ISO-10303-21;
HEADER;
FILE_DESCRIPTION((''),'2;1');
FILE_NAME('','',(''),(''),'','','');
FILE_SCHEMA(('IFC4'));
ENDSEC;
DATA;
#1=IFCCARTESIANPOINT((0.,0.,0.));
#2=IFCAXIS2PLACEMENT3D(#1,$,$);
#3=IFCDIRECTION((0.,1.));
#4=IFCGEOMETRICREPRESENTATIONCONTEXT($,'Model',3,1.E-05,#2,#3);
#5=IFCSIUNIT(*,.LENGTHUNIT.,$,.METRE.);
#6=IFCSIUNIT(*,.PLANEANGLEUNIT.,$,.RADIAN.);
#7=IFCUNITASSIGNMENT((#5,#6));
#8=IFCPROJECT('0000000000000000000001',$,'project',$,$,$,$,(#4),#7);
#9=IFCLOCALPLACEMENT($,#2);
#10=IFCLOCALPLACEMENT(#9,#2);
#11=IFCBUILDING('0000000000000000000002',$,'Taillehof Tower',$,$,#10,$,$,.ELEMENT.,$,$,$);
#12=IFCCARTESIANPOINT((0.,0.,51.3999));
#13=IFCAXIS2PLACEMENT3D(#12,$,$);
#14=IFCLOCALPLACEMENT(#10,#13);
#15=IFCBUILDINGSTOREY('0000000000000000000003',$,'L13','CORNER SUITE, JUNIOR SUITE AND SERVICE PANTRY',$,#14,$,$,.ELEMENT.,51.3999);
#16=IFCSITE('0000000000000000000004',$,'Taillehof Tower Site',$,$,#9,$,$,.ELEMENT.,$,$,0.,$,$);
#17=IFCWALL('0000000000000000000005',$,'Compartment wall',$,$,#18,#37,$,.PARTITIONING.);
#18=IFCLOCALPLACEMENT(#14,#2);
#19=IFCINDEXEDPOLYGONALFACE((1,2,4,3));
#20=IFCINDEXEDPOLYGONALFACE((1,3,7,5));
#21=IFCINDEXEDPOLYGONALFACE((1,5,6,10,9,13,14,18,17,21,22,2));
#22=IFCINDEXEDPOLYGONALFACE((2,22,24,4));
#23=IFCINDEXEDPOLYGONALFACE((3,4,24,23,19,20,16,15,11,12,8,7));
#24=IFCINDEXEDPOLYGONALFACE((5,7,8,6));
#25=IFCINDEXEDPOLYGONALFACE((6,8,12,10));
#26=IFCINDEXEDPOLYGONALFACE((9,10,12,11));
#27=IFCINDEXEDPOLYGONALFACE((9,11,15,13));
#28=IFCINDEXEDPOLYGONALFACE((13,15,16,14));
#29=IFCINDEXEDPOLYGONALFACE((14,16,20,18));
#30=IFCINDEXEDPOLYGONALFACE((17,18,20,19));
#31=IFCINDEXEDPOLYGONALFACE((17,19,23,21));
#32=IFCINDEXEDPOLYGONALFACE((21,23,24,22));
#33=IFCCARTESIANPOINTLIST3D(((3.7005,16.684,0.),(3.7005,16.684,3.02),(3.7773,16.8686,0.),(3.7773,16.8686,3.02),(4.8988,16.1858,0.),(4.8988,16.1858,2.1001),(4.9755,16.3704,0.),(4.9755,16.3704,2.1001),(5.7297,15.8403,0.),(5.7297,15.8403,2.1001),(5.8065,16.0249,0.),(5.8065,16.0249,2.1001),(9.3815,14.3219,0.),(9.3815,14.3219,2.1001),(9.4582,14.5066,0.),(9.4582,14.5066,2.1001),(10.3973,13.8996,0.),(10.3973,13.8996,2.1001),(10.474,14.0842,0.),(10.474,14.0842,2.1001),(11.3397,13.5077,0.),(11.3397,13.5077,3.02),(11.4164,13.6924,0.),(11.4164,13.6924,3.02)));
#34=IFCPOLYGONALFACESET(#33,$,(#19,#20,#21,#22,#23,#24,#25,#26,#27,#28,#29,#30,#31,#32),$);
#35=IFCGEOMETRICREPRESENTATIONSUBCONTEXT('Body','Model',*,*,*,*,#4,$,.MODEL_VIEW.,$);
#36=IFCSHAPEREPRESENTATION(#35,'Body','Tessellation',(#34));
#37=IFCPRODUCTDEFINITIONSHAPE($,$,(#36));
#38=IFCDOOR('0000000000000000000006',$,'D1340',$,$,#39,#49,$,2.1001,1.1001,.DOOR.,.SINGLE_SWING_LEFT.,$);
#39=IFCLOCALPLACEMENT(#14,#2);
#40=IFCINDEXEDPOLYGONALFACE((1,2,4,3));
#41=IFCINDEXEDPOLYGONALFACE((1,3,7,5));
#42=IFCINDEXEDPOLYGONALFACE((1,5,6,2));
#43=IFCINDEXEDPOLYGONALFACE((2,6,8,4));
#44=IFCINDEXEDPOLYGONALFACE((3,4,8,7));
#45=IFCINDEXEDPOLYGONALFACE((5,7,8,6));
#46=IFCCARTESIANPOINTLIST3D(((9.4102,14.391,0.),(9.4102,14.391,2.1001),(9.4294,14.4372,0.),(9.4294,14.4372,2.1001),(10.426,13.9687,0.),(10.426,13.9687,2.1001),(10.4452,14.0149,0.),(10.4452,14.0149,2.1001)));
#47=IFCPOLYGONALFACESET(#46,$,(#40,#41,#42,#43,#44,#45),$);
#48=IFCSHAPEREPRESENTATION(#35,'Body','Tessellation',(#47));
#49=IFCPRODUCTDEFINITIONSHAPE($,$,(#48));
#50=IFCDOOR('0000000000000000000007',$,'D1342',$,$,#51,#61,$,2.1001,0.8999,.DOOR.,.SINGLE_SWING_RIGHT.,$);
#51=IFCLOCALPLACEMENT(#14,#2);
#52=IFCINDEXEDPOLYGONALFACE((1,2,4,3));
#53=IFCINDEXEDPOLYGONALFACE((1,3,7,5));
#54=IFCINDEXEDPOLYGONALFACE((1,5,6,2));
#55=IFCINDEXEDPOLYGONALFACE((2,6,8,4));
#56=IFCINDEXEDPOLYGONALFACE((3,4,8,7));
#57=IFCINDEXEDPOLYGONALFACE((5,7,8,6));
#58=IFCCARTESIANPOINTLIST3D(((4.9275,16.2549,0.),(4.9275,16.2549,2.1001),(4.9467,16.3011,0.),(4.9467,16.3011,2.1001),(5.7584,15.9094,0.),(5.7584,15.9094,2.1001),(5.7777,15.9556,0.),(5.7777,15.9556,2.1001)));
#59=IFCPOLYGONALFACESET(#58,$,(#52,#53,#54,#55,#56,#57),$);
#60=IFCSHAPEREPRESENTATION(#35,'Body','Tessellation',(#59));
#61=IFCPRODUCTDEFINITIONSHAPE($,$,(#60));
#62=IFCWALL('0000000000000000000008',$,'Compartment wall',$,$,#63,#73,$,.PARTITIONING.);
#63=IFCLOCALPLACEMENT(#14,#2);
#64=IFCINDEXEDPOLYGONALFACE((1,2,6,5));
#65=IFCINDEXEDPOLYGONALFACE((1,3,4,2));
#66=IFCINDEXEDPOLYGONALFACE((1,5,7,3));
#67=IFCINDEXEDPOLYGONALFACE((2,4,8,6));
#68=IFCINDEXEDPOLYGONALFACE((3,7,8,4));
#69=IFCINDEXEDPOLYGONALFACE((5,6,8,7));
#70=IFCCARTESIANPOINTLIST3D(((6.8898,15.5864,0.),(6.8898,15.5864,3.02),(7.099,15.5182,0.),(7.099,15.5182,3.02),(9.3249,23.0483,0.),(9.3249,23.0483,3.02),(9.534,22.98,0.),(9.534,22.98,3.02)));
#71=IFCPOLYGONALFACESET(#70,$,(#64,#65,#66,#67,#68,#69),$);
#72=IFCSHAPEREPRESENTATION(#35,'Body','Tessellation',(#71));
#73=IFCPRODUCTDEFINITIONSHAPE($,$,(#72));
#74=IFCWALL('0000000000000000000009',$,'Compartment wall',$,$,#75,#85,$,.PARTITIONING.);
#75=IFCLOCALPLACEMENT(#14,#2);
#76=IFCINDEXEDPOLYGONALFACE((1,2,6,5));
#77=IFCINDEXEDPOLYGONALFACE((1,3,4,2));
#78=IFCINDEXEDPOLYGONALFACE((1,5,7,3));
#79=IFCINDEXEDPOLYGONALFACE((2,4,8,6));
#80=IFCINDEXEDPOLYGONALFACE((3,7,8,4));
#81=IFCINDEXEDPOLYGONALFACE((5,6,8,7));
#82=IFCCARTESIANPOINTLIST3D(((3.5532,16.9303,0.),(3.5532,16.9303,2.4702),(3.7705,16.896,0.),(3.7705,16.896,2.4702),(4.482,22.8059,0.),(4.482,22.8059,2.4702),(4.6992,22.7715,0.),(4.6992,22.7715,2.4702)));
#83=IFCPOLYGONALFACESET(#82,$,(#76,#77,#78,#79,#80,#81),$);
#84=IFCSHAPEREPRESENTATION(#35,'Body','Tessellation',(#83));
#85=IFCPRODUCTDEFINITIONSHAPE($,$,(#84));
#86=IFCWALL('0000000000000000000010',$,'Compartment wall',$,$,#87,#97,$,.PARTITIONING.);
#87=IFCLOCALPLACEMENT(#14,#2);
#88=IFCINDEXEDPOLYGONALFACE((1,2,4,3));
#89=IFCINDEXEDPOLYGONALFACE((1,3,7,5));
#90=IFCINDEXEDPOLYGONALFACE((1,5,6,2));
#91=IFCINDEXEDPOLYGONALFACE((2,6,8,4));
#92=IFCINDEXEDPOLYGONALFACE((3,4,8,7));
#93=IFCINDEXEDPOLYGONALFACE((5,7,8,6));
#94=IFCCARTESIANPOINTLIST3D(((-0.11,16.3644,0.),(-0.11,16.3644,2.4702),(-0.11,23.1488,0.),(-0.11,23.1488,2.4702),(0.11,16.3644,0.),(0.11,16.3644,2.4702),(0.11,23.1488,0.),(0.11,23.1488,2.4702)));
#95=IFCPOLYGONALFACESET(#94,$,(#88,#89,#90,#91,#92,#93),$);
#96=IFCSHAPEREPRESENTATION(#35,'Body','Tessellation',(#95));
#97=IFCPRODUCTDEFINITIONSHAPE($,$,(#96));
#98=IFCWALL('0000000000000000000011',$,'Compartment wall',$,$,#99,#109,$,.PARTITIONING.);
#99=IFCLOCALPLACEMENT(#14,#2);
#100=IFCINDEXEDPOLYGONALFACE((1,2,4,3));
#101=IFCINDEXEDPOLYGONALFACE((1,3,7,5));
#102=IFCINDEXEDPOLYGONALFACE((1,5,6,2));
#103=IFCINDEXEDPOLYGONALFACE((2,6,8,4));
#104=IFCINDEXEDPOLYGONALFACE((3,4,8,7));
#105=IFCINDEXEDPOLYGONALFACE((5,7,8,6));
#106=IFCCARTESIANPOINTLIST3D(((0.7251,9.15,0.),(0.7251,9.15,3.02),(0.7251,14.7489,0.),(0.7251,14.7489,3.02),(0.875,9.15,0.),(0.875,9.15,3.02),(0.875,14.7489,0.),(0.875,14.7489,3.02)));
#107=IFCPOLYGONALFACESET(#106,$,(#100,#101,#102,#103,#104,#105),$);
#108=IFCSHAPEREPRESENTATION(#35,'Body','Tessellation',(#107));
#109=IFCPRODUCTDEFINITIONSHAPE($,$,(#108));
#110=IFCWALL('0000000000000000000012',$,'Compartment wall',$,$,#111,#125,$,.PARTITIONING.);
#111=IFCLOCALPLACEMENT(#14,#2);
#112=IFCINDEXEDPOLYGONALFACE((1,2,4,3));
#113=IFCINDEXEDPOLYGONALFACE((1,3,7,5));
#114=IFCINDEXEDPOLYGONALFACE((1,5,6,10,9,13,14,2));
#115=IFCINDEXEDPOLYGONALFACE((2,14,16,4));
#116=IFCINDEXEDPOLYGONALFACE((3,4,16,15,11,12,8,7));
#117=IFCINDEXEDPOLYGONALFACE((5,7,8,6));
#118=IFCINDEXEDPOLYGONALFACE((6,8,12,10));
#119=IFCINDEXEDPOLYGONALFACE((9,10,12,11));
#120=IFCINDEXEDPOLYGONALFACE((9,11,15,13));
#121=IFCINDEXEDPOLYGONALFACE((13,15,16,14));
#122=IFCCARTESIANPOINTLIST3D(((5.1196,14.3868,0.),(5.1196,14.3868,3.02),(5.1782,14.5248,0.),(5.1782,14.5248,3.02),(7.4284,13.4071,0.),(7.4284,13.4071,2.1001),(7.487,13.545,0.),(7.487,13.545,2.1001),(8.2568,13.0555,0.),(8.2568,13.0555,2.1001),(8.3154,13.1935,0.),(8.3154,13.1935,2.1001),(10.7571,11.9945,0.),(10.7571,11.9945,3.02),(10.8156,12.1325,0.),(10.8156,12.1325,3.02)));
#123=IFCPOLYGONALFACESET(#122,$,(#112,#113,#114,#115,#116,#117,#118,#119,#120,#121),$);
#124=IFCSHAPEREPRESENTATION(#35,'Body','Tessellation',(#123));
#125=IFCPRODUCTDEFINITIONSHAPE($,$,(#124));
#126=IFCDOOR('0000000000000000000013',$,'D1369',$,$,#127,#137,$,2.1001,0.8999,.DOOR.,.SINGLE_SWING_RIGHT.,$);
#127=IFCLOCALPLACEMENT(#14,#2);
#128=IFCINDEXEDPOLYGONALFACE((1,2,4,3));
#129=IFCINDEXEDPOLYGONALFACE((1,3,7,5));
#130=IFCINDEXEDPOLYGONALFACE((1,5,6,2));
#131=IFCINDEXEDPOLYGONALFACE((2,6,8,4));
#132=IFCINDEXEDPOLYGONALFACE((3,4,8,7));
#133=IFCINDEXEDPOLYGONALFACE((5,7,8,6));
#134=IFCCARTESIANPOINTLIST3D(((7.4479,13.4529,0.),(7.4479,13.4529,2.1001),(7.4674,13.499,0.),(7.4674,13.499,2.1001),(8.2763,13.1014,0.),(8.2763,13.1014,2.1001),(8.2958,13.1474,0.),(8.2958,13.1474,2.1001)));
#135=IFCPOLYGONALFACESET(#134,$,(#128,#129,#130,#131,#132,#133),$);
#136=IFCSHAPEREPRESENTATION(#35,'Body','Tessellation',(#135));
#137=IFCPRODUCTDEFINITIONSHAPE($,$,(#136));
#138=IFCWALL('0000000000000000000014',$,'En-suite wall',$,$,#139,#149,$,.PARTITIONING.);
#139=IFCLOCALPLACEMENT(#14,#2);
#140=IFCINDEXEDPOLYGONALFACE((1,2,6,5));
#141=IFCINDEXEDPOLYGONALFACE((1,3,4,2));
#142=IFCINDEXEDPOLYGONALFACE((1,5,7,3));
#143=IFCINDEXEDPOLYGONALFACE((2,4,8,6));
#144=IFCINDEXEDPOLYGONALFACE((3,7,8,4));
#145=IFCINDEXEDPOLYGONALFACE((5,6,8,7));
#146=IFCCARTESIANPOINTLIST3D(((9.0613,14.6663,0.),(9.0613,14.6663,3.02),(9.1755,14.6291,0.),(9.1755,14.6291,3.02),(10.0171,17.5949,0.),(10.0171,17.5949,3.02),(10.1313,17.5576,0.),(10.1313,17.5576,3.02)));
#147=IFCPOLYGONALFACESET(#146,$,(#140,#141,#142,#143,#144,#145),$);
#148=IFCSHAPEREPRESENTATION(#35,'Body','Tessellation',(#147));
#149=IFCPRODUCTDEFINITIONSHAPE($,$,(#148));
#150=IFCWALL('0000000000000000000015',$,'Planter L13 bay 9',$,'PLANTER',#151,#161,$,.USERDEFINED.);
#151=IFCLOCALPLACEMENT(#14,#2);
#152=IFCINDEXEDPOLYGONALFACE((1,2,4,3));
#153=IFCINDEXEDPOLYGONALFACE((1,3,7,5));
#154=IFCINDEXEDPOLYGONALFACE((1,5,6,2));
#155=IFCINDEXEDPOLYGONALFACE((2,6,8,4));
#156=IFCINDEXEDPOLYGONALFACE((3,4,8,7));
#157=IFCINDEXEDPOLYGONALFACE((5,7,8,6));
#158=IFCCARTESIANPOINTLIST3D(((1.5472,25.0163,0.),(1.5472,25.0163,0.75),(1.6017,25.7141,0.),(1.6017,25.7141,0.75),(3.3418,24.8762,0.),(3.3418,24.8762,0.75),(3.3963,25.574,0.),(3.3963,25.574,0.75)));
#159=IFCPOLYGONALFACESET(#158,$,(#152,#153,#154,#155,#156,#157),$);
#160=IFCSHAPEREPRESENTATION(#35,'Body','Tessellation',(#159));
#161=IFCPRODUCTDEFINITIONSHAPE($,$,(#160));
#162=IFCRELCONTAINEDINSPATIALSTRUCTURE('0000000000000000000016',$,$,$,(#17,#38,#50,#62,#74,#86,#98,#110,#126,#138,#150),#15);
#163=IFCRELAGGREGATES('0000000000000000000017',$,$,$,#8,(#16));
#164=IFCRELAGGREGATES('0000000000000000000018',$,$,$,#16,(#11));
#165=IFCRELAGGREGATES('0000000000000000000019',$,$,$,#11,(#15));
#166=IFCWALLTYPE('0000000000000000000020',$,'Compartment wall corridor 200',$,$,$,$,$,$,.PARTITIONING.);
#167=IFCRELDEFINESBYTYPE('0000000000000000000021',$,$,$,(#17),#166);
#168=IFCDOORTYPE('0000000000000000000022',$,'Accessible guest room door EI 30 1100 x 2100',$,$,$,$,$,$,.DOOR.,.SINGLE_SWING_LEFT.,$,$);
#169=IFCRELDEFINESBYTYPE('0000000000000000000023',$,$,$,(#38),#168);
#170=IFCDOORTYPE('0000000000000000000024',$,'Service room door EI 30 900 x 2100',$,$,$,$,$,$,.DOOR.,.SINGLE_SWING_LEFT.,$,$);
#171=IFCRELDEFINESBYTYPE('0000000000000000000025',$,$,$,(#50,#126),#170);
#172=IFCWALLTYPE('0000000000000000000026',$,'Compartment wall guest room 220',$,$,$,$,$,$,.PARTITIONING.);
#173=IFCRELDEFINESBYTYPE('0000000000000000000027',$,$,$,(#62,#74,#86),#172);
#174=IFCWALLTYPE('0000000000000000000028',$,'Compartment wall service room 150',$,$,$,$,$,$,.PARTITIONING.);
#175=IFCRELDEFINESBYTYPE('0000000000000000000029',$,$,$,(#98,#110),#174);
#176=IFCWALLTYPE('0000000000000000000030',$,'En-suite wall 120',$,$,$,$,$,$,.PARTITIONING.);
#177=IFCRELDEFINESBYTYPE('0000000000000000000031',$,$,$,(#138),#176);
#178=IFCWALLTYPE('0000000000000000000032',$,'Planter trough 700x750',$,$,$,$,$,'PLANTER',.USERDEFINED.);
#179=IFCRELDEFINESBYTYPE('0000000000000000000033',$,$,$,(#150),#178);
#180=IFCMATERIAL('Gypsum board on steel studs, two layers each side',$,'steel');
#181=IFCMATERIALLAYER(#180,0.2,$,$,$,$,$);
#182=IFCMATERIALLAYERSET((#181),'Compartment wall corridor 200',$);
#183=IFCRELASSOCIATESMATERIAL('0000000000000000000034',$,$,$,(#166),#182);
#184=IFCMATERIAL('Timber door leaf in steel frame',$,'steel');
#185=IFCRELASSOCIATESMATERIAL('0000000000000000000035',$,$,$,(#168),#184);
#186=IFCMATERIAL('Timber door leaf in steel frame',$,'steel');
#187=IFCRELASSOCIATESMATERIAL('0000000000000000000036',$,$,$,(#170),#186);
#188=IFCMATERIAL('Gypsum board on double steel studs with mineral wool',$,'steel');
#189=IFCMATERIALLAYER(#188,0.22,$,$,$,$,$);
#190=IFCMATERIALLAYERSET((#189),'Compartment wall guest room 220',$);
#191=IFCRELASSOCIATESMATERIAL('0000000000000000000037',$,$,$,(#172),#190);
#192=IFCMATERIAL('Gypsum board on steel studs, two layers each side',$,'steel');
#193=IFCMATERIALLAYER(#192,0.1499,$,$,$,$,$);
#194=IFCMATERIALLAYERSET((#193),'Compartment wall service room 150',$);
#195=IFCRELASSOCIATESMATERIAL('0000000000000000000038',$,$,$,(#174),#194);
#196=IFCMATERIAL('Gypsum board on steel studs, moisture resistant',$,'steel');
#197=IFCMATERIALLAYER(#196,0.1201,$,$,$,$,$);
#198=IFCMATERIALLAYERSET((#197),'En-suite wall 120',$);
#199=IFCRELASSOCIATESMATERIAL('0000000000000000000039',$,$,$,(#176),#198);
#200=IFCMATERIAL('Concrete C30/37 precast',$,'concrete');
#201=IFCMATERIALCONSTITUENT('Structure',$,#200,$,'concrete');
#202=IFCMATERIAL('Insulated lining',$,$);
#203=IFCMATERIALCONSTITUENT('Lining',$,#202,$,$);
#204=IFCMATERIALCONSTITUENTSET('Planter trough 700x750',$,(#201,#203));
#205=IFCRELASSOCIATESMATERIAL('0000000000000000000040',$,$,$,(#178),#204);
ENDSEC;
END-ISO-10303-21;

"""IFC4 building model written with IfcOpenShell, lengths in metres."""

from ifc_helpers import new_model, si_unit, direction, frame, frame_2d, origin, place, context, subcontext, project, spatial, rectangle, extrude, material, layer, layer_set, constituent, constituent_set, type_object, element, fill, save


model = new_model("IFC4")

# Units and contexts
model_context = context("Model", 3, precision=1e-05, world=origin(), true_north=direction((0.0, 1.0)))
body_context = subcontext(model_context, "Body", "Model", "MODEL_VIEW")
ifc_project = project(units=[si_unit("LENGTHUNIT", "METRE"), si_unit("PLANEANGLEUNIT", "RADIAN")], contexts=[model_context])

# Site, building, storey
site_placement = place(None, origin())
site = spatial("IfcSite", under=ifc_project, at=site_placement, Name="Taillehof Tower Site", CompositionType="ELEMENT", RefElevation=0.0)
building_placement = place(site_placement, origin())
building = spatial("IfcBuilding", under=site, at=building_placement, Name="Taillehof Tower", CompositionType="ELEMENT")
storey_placement = place(building_placement, frame((0.0, 0.0, 51.3999)))
storey = spatial("IfcBuildingStorey", under=building, at=storey_placement, Name="L13", Description="CORNER SUITE, JUNIOR SUITE AND SERVICE PANTRY", CompositionType="ELEMENT", Elevation=51.3999)

# Wall, openings, doors
ifc_material_1 = material(Name="Gypsum board on steel studs, two layers each side", Category="steel")
ifc_layer_1 = layer(ifc_material_1, 0.2)
ifc_layer_set_1 = layer_set([ifc_layer_1], Name="Compartment wall corridor 200")
wall_type_1 = type_object("IfcWallType", Name="Compartment wall corridor 200", PredefinedType="PARTITIONING", material=ifc_layer_set_1)
wall_1_placement = place(storey_placement, frame((3.7388, 16.7764, 0.0), z_axis=(0.0, 0.0, 1.0), x_axis=(0.923365, -0.383924, 0.0)))
wall_1 = element("IfcWall", 1, at=wall_1_placement, inside=storey, type_object=wall_type_1, Name="Compartment wall", PredefinedType="PARTITIONING", context=body_context, shape_type="SweptSolid", body=[
    extrude(rectangle(XDim=8.2732, YDim=0.2, at=frame_2d((4.1367, 0.0))), origin(), (0.0, 0.0, 1.0), 3.02),
])
opening_1_placement = place(wall_1_placement, frame((6.1526, 0.0, 0.0)))
opening_1 = element("IfcOpeningElement", 2, at=opening_1_placement, cuts=wall_1, PredefinedType="OPENING", context=body_context, shape_type="SweptSolid", body=[
    extrude(rectangle(XDim=1.1001, YDim=2.1001, at=frame_2d((0.55, 1.05))), frame((0.0, 0.1099, 0.0), z_axis=(0.0, -1.0, 0.0), x_axis=(1.0, 0.0, 0.0)), (0.0, 0.0, 1.0), 0.22),
])
opening_2_placement = place(wall_1_placement, frame((1.2979, 0.0, 0.0)))
opening_2 = element("IfcOpeningElement", 3, at=opening_2_placement, cuts=wall_1, PredefinedType="OPENING", context=body_context, shape_type="SweptSolid", body=[
    extrude(rectangle(XDim=0.8999, YDim=2.1001, at=frame_2d((0.45, 1.05))), frame((0.0, 0.1099, 0.0), z_axis=(0.0, -1.0, 0.0), x_axis=(1.0, 0.0, 0.0)), (0.0, 0.0, 1.0), 0.22),
])
ifc_material_2 = material(Name="Timber door leaf in steel frame", Category="steel")
door_type_1 = type_object("IfcDoorType", Name="Accessible guest room door EI 30 1100 x 2100", OperationType="SINGLE_SWING_LEFT", PredefinedType="DOOR", material=ifc_material_2)
door_1_placement = place(opening_1_placement, origin())
door_1 = element("IfcDoor", 4, at=door_1_placement, inside=storey, type_object=door_type_1, Name="D1340", OperationType="SINGLE_SWING_LEFT", OverallHeight=2.1001, OverallWidth=1.1001, PredefinedType="DOOR", context=body_context, shape_type="SweptSolid", body=[
    extrude(rectangle(XDim=1.1001, YDim=2.1001, at=frame_2d((0.55, 1.05))), frame((0.0, 0.0249, 0.0), z_axis=(0.0, -1.0, 0.0), x_axis=(1.0, 0.0, 0.0)), (0.0, 0.0, 1.0), 0.05),
])
fill(opening_1, door_1)
ifc_material_3 = material(Name="Timber door leaf in steel frame", Category="steel")
door_type_2 = type_object("IfcDoorType", Name="Service room door EI 30 900 x 2100", OperationType="SINGLE_SWING_LEFT", PredefinedType="DOOR", material=ifc_material_3)
door_2_placement = place(opening_2_placement, origin())
door_2 = element("IfcDoor", 5, at=door_2_placement, inside=storey, type_object=door_type_2, Name="D1342", OperationType="SINGLE_SWING_RIGHT", OverallHeight=2.1001, OverallWidth=0.8999, PredefinedType="DOOR", context=body_context, shape_type="SweptSolid", body=[
    extrude(rectangle(XDim=0.8999, YDim=2.1001, at=frame_2d((0.45, 1.05))), frame((0.0, 0.0249, 0.0), z_axis=(0.0, -1.0, 0.0), x_axis=(1.0, 0.0, 0.0)), (0.0, 0.0, 1.0), 0.05),
])
fill(opening_2, door_2)

# Walls
ifc_material_4 = material(Name="Gypsum board on double steel studs with mineral wool", Category="steel")
ifc_layer_2 = layer(ifc_material_4, 0.22)
ifc_layer_set_2 = layer_set([ifc_layer_2], Name="Compartment wall guest room 220")
wall_type_2 = type_object("IfcWallType", Name="Compartment wall guest room 220", PredefinedType="PARTITIONING", material=ifc_layer_set_2)
wall_2_placement = place(storey_placement, frame((9.4294, 23.0142, 0.0), z_axis=(0.0, 0.0, 1.0), x_axis=(-0.310231, -0.950661, 0.0)))
element("IfcWall", 6, at=wall_2_placement, inside=storey, type_object=wall_type_2, Name="Compartment wall", PredefinedType="PARTITIONING", context=body_context, shape_type="SweptSolid", body=[
    extrude(rectangle(XDim=7.8491, YDim=0.22, at=frame_2d((3.9246, 0.0))), origin(), (0.0, 0.0, 1.0), 3.02),
])
wall_3_placement = place(storey_placement, frame((4.5906, 22.7886, 0.0), z_axis=(0.0, 0.0, 1.0), x_axis=(-0.156127, -0.987737, 0.0)))
element("IfcWall", 7, at=wall_3_placement, inside=storey, type_object=wall_type_2, Name="Compartment wall", PredefinedType="PARTITIONING", context=body_context, shape_type="SweptSolid", body=[
    extrude(rectangle(XDim=5.9485, YDim=0.22, at=frame_2d((2.9741, 0.0))), origin(), (0.0, 0.0, 1.0), 2.4702),
])
wall_4_placement = place(storey_placement, frame((0.0, 23.1487, 0.0), z_axis=(0.0, 0.0, 1.0), x_axis=(0.0, -1.0, 0.0)))
element("IfcWall", 8, at=wall_4_placement, inside=storey, type_object=wall_type_2, Name="Compartment wall", PredefinedType="PARTITIONING", context=body_context, shape_type="SweptSolid", body=[
    extrude(rectangle(XDim=6.7844, YDim=0.22, at=frame_2d((3.3921, 0.0))), origin(), (0.0, 0.0, 1.0), 2.4702),
])
ifc_material_5 = material(Name="Gypsum board on steel studs, two layers each side", Category="steel")
ifc_layer_3 = layer(ifc_material_5, 0.1499)
ifc_layer_set_3 = layer_set([ifc_layer_3], Name="Compartment wall service room 150")
wall_type_3 = type_object("IfcWallType", Name="Compartment wall service room 150", PredefinedType="PARTITIONING", material=ifc_layer_set_3)
wall_5_placement = place(storey_placement, frame((0.8, 14.7488, 0.0), z_axis=(0.0, 0.0, 1.0), x_axis=(0.0, -1.0, 0.0)))
element("IfcWall", 9, at=wall_5_placement, inside=storey, type_object=wall_type_3, Name="Compartment wall", PredefinedType="PARTITIONING", context=body_context, shape_type="SweptSolid", body=[
    extrude(rectangle(XDim=5.5989, YDim=0.1499, at=frame_2d((2.7993, 0.0))), origin(), (0.0, 0.0, 1.0), 3.02),
])

# Wall, opening, door
wall_6_placement = place(storey_placement, frame((5.1489, 14.4558, 0.0), z_axis=(0.0, 0.0, 1.0), x_axis=(0.920541, -0.390645, 0.0)))
wall_6 = element("IfcWall", 10, at=wall_6_placement, inside=storey, type_object=wall_type_3, Name="Compartment wall", PredefinedType="PARTITIONING", context=body_context, shape_type="SweptSolid", body=[
    extrude(rectangle(XDim=6.124, YDim=0.1499, at=frame_2d((3.062, 0.0))), origin(), (0.0, 0.0, 1.0), 3.02),
])
opening_3_placement = place(wall_6_placement, frame((2.5081, 0.0, 0.0)))
opening_3 = element("IfcOpeningElement", 11, at=opening_3_placement, cuts=wall_6, PredefinedType="OPENING", context=body_context, shape_type="SweptSolid", body=[
    extrude(rectangle(XDim=0.8999, YDim=2.1001, at=frame_2d((0.45, 1.05))), frame((0.0, 0.085, 0.0), z_axis=(0.0, -1.0, 0.0), x_axis=(1.0, 0.0, 0.0)), (0.0, 0.0, 1.0), 0.1699),
])
door_3_placement = place(opening_3_placement, origin())
door_3 = element("IfcDoor", 12, at=door_3_placement, inside=storey, type_object=door_type_2, Name="D1369", OperationType="SINGLE_SWING_RIGHT", OverallHeight=2.1001, OverallWidth=0.8999, PredefinedType="DOOR", context=body_context, shape_type="SweptSolid", body=[
    extrude(rectangle(XDim=0.8999, YDim=2.1001, at=frame_2d((0.45, 1.05))), frame((0.0, 0.0249, 0.0), z_axis=(0.0, -1.0, 0.0), x_axis=(1.0, 0.0, 0.0)), (0.0, 0.0, 1.0), 0.05),
])
fill(opening_3, door_3)

# Walls
ifc_material_6 = material(Name="Gypsum board on steel studs, moisture resistant", Category="steel")
ifc_layer_4 = layer(ifc_material_6, 0.1201)
ifc_layer_set_4 = layer_set([ifc_layer_4], Name="En-suite wall 120")
wall_type_4 = type_object("IfcWallType", Name="En-suite wall 120", PredefinedType="PARTITIONING", material=ifc_layer_set_4)
wall_7_placement = place(storey_placement, frame((9.1184, 14.6477, 0.0), z_axis=(0.0, 0.0, 1.0), x_axis=(0.310278, 0.950646, 0.0)))
element("IfcWall", 13, at=wall_7_placement, inside=storey, type_object=wall_type_4, Name="En-suite wall", PredefinedType="PARTITIONING", context=body_context, shape_type="SweptSolid", body=[
    extrude(rectangle(XDim=3.0806, YDim=0.1201, at=frame_2d((1.5403, 0.0))), origin(), (0.0, 0.0, 1.0), 3.02),
])
ifc_material_7 = material(Name="Concrete C30/37 precast", Category="concrete")
ifc_constituent_1 = constituent(ifc_material_7, Name="Structure", Category="concrete")
ifc_material_8 = material(Name="Insulated lining")
ifc_constituent_2 = constituent(ifc_material_8, Name="Lining")
ifc_constituent_set = constituent_set(constituents=[ifc_constituent_1, ifc_constituent_2], Name="Planter trough 700x750")
wall_type_5 = type_object("IfcWallType", Name="Planter trough 700x750", ElementType="PLANTER", PredefinedType="USERDEFINED", material=ifc_constituent_set)
wall_8_placement = place(storey_placement, frame((3.3689, 25.2251, 0.0), z_axis=(0.0, 0.0, 1.0), x_axis=(-0.996965, 0.077848, 0.0)))
element("IfcWall", 14, at=wall_8_placement, inside=storey, type_object=wall_type_5, Name="Planter L13 bay 9", ObjectType="PLANTER", PredefinedType="USERDEFINED", context=body_context, shape_type="SweptSolid", body=[
    extrude(rectangle(XDim=1.8, YDim=0.7, at=frame_2d((0.8999, 0.0))), origin(), (0.0, 0.0, 1.0), 0.75),
])

save(model, "model.ifc")
